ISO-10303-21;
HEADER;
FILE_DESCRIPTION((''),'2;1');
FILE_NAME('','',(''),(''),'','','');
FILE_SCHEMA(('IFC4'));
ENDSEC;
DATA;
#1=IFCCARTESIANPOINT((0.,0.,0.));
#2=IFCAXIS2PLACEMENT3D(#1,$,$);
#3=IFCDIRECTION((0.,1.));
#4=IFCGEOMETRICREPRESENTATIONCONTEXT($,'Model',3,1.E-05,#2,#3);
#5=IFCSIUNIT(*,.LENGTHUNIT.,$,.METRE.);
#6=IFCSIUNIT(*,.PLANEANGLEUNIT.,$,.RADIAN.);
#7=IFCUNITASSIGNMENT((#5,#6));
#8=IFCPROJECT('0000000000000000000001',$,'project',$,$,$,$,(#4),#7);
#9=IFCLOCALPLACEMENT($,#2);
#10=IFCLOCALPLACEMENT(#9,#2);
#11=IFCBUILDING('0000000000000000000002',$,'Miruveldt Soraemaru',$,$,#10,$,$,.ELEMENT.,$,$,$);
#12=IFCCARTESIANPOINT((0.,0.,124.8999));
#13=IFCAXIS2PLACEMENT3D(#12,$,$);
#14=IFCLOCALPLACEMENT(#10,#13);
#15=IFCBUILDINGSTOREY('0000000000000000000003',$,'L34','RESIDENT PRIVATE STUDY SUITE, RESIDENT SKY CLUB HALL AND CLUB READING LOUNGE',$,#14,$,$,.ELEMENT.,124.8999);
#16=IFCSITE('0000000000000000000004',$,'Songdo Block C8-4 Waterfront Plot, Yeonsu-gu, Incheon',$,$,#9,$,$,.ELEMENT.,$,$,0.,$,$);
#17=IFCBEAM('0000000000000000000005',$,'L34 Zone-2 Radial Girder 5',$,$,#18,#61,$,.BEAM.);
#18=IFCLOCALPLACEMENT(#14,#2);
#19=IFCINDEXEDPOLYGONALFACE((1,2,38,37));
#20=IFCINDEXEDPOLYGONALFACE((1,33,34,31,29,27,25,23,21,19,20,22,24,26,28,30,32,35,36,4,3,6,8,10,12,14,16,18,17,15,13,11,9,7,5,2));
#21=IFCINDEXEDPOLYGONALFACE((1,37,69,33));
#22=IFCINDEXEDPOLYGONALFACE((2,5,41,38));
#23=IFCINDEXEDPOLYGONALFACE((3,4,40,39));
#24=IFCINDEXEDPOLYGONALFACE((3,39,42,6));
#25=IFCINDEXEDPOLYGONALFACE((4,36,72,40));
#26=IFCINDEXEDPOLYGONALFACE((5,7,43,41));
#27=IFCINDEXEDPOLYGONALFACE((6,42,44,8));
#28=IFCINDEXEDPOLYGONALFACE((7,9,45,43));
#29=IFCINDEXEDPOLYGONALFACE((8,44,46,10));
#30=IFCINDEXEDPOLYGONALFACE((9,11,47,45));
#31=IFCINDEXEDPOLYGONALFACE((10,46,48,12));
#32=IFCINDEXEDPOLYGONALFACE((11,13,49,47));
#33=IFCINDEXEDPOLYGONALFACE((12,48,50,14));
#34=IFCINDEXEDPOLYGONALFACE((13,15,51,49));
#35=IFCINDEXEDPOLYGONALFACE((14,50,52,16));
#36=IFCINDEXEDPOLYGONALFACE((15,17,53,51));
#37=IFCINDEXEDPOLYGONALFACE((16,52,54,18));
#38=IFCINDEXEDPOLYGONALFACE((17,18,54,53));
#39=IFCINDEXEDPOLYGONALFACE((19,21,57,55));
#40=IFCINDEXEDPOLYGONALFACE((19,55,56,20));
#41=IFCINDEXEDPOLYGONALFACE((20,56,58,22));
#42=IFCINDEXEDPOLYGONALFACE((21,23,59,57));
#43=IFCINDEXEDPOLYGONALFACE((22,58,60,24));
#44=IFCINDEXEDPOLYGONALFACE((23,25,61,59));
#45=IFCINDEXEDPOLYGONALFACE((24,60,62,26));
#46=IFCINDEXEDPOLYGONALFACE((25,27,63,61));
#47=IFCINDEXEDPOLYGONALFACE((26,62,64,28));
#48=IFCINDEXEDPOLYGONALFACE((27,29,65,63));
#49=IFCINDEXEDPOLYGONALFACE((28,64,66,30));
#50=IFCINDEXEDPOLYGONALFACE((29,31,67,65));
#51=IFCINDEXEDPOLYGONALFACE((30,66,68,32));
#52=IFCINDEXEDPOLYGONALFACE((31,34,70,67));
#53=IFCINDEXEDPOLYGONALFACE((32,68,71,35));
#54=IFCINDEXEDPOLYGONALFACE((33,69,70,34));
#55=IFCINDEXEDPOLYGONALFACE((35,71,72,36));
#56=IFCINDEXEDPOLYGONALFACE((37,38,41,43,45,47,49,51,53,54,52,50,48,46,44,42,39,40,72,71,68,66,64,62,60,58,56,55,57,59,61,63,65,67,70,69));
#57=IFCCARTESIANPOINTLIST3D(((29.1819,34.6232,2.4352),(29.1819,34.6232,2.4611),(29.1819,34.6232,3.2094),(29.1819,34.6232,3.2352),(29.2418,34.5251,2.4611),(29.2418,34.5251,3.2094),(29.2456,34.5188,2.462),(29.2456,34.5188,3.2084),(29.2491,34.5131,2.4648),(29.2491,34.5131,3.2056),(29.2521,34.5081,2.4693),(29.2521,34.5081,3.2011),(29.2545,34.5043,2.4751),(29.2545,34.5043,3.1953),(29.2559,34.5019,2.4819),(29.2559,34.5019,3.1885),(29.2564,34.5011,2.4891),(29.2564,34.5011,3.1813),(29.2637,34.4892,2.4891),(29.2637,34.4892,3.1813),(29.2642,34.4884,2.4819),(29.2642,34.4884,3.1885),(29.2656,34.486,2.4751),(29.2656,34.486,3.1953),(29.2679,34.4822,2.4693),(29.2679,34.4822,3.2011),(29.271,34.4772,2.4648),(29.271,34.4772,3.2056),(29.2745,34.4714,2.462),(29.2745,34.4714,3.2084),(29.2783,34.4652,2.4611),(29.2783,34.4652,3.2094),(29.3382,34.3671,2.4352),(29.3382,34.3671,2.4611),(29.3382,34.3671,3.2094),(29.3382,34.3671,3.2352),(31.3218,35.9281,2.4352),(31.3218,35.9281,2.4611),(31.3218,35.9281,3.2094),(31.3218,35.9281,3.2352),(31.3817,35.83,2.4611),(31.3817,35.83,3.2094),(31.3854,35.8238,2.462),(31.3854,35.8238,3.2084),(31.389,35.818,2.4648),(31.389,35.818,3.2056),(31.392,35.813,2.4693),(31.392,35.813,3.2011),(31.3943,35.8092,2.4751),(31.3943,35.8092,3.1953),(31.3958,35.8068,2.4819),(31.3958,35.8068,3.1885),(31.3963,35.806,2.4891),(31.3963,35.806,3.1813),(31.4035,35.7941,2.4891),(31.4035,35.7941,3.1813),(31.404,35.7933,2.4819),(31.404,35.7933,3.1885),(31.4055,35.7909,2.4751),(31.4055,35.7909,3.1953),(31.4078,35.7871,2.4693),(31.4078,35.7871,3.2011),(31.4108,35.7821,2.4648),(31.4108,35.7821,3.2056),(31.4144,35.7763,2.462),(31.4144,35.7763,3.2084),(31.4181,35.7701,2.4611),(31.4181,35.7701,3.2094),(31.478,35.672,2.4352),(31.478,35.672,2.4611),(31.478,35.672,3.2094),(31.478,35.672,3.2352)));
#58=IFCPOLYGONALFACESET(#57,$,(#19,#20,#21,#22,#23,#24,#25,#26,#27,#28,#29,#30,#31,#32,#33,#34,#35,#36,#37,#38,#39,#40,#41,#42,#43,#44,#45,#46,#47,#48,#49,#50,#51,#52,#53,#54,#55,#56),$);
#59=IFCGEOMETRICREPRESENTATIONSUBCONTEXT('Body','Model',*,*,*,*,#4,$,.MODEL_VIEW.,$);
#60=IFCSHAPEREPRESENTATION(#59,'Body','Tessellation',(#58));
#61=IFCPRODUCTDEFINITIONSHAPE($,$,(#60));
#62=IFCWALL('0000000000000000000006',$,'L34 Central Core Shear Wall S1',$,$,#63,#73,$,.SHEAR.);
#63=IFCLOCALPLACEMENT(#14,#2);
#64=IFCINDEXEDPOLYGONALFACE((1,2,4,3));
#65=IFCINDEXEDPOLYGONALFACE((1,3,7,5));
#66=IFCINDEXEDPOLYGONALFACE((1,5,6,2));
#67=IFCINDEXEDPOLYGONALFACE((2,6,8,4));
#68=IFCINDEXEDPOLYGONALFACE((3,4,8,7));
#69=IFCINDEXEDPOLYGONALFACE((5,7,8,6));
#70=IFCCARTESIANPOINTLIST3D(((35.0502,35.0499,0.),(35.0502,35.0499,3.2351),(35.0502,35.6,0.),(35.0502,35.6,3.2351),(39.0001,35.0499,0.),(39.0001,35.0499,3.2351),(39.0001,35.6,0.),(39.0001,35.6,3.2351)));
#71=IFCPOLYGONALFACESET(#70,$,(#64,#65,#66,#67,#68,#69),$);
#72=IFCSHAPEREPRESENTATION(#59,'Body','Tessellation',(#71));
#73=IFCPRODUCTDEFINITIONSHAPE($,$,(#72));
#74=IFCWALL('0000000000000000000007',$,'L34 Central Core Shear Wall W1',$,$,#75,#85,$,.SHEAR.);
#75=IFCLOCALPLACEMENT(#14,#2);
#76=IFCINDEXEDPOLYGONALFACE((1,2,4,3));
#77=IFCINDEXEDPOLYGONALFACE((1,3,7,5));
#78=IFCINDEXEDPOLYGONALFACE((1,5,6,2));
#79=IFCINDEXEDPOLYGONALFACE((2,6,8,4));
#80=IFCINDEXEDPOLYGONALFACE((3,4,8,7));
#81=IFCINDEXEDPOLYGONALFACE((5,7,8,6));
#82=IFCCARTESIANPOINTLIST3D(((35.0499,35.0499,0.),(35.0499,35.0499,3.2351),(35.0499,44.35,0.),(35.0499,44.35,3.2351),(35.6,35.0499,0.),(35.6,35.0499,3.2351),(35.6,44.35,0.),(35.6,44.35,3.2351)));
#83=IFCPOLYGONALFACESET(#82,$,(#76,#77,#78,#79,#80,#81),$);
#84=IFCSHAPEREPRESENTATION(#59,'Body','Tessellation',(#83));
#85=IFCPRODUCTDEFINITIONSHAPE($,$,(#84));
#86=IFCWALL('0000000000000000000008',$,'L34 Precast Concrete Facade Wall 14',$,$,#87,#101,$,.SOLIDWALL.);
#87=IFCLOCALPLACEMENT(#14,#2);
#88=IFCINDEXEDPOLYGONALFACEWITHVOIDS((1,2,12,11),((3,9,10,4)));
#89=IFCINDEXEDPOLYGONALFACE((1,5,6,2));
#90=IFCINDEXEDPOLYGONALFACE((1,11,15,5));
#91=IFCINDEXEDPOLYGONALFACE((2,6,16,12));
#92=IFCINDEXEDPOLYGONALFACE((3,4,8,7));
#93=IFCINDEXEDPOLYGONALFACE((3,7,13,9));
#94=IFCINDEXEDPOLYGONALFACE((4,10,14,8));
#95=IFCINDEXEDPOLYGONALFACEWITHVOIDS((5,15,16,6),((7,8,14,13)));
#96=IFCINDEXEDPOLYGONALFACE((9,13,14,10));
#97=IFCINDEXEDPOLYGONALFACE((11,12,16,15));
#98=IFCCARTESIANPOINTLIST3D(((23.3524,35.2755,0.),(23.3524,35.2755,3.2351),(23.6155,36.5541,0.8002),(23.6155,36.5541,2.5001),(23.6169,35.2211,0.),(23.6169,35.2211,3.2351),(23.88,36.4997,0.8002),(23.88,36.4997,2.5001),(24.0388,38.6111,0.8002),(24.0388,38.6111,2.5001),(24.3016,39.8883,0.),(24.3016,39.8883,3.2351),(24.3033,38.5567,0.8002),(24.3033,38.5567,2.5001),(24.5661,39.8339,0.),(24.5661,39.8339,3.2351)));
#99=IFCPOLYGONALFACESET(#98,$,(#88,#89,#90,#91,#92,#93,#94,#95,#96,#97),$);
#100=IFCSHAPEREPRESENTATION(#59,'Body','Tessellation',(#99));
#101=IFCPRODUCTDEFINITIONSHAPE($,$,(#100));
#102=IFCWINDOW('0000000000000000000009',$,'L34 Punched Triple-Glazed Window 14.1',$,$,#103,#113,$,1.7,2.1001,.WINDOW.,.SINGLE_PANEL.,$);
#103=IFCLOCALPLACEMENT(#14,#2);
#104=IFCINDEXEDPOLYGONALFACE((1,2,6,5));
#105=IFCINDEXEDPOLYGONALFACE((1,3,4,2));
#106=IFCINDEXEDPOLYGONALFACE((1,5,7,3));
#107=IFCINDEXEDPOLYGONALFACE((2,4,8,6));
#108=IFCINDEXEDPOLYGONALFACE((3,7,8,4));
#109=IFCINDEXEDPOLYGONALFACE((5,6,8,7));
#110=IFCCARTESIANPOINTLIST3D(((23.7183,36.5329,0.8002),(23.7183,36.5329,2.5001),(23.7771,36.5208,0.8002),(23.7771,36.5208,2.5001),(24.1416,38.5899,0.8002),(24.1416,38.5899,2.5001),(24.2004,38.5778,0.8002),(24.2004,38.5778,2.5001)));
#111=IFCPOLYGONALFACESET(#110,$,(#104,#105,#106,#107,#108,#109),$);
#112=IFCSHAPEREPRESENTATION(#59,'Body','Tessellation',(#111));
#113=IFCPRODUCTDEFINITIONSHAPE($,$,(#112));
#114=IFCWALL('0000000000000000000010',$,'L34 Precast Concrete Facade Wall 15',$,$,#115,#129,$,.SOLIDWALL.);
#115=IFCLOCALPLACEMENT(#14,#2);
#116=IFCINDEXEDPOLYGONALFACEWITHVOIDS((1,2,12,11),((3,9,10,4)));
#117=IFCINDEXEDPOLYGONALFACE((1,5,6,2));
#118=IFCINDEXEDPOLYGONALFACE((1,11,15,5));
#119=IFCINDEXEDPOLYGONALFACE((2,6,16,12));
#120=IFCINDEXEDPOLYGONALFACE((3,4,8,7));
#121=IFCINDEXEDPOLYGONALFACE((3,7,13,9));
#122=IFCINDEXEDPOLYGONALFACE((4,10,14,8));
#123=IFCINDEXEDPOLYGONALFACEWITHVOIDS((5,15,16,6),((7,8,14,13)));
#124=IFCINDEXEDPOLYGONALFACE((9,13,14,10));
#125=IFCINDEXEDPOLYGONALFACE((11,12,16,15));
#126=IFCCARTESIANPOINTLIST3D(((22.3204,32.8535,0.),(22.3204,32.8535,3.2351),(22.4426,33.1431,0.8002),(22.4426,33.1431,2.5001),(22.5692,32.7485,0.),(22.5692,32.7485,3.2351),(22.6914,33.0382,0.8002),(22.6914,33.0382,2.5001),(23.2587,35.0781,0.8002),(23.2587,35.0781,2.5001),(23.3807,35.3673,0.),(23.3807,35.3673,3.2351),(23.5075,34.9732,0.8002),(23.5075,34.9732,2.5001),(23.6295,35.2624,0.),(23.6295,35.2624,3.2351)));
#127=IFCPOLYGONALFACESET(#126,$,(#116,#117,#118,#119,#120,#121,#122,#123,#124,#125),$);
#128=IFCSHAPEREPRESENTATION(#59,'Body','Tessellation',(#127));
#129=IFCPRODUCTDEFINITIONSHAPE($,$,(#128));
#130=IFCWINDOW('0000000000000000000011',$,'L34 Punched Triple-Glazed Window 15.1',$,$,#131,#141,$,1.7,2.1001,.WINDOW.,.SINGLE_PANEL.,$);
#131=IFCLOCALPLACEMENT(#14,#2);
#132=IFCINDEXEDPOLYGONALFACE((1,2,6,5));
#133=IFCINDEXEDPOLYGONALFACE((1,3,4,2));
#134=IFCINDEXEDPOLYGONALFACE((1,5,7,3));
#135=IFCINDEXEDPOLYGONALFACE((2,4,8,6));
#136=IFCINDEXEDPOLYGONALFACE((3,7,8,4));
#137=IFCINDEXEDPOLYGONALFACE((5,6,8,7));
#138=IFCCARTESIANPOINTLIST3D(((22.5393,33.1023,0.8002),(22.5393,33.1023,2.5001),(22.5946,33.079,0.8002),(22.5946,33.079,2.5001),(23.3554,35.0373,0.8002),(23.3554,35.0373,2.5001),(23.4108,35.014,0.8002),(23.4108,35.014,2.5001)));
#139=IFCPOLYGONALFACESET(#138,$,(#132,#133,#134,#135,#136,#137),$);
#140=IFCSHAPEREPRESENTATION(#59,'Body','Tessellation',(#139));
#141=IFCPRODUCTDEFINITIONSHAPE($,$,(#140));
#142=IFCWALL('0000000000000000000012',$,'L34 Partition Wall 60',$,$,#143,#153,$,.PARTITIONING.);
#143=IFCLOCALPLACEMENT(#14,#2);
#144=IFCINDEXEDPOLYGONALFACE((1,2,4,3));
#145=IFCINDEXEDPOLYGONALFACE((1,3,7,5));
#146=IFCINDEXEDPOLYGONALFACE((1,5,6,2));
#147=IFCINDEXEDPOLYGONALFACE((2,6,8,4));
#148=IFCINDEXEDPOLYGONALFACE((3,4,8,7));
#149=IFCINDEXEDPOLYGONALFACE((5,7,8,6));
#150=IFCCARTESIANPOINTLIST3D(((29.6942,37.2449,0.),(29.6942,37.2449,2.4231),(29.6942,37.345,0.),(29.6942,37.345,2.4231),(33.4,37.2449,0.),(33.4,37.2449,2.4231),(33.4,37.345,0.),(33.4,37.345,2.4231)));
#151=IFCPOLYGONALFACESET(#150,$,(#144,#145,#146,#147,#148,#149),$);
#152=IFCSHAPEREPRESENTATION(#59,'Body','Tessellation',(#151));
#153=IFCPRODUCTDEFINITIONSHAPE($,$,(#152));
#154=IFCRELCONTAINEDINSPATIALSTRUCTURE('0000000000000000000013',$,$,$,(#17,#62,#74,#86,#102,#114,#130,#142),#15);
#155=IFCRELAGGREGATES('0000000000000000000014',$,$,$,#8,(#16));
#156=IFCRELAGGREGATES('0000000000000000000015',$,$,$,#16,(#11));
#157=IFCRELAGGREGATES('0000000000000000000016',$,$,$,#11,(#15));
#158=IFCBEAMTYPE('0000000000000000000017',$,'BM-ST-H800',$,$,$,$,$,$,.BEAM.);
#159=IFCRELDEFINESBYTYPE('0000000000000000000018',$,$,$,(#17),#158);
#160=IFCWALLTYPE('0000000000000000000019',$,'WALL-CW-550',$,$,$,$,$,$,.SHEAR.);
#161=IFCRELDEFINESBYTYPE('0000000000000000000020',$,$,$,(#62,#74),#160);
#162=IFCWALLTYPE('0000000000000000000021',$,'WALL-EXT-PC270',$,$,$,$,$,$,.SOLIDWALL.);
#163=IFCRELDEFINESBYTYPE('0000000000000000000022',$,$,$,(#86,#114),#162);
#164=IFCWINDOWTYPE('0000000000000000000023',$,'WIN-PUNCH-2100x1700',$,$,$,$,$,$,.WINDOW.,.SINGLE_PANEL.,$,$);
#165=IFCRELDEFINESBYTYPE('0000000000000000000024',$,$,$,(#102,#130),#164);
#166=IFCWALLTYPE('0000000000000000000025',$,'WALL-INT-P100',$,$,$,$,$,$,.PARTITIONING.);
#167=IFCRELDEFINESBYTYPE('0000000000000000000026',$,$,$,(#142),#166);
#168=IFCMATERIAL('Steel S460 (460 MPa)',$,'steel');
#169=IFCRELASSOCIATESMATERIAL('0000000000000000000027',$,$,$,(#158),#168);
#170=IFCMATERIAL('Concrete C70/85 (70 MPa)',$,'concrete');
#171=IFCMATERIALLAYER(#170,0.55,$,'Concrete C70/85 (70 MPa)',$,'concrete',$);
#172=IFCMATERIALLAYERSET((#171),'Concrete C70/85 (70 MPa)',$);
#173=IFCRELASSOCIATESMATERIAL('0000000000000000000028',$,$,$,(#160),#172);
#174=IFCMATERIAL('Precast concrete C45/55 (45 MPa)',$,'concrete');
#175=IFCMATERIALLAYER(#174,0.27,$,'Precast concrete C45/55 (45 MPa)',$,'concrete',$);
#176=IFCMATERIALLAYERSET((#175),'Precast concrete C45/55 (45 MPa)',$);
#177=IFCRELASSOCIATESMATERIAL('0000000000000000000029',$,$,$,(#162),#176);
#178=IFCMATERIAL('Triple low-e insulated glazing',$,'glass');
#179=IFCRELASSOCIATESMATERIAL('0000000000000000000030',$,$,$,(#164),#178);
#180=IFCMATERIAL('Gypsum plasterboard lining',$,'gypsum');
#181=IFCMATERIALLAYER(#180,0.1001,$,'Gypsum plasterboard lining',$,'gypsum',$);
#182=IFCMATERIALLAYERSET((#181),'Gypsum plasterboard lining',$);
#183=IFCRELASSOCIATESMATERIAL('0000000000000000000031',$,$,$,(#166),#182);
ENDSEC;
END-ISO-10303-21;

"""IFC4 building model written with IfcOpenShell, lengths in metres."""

from ifc_helpers import new_model, si_unit, direction, frame, frame_2d, origin, origin_2d, place, context, subcontext, project, spatial, rectangle, i_section, extrude, material, layer, layer_set, material_profile, profile_set, type_object, element, fill, save


model = new_model("IFC4")

# Units and contexts
model_context = context("Model", 3, precision=1e-05, world=origin(), true_north=direction((0.0, 1.0)))
body_context = subcontext(model_context, "Body", "Model", "MODEL_VIEW")
ifc_project = project(units=[si_unit("LENGTHUNIT", "METRE"), si_unit("PLANEANGLEUNIT", "RADIAN")], contexts=[model_context])

# Site, building, storey
site_placement = place(None, origin())
site = spatial("IfcSite", under=ifc_project, at=site_placement, Name="Songdo Block C8-4 Waterfront Plot, Yeonsu-gu, Incheon", CompositionType="ELEMENT", RefElevation=0.0)
building_placement = place(site_placement, origin())
building = spatial("IfcBuilding", under=site, at=building_placement, Name="Miruveldt Soraemaru", CompositionType="ELEMENT")
storey_placement = place(building_placement, frame((0.0, 0.0, 124.8999)))
storey = spatial("IfcBuildingStorey", under=building, at=storey_placement, Name="L34", Description="RESIDENT PRIVATE STUDY SUITE, RESIDENT SKY CLUB HALL AND CLUB READING LOUNGE", CompositionType="ELEMENT", Elevation=124.8999)

# Shared definitions
ifc_material_1 = material(Name="Concrete C70/85 (70 MPa)", Category="concrete")

# Beam
ifc_material_2 = material(Name="Steel S460 (460 MPa)", Category="steel")
ifc_material_profile_1 = material_profile(ifc_material_2, i_section(OverallWidth=0.3, OverallDepth=0.8, WebThickness=0.0139, FlangeThickness=0.0259, FilletRadius=0.0281, at=origin_2d()), Name="Steel S460 (460 MPa)", Category="steel")
ifc_profile_set_1 = profile_set([ifc_material_profile_1], Name="Steel S460 (460 MPa)")
beam_type_1 = type_object("IfcBeamType", Name="BM-ST-H800", PredefinedType="BEAM", material=ifc_profile_set_1)
beam_1_placement = place(storey_placement, frame((31.3999, 35.8, 2.8352), z_axis=(-0.853775, -0.520642, 0.0), x_axis=(0.520642, -0.853775, 0.0)))
element("IfcBeam", 1, at=beam_1_placement, inside=storey, type_object=beam_type_1, Name="L34 Zone-2 Radial Girder 5", PredefinedType="BEAM", context=body_context, shape_type="SweptSolid", body=[
    extrude(i_section(OverallWidth=0.3, OverallDepth=0.8, WebThickness=0.0139, FlangeThickness=0.0259, FilletRadius=0.0281, at=origin_2d()), origin(), (0.0, 0.0, 1.0), 2.5063),
])

# Walls
ifc_layer_1 = layer(ifc_material_1, 0.55, Name="Concrete C70/85 (70 MPa)", Category="concrete")
ifc_layer_set_1 = layer_set([ifc_layer_1], Name="Concrete C70/85 (70 MPa)")
wall_type_1 = type_object("IfcWallType", Name="WALL-CW-550", PredefinedType="SHEAR", material=ifc_layer_set_1)
wall_1_placement = place(storey_placement, frame((35.05, 35.325, 0.0), z_axis=(0.0, 0.0, 1.0), x_axis=(1.0, 0.0, 0.0)))
element("IfcWall", 2, at=wall_1_placement, inside=storey, type_object=wall_type_1, Name="L34 Central Core Shear Wall S1", PredefinedType="SHEAR", context=body_context, shape_type="SweptSolid", body=[
    extrude(rectangle(XDim=3.95, YDim=0.55, at=frame_2d((1.9751, 0.0))), origin(), (0.0, 0.0, 1.0), 3.2351),
])
wall_2_placement = place(storey_placement, frame((35.325, 35.05, 0.0), z_axis=(0.0, 0.0, 1.0), x_axis=(0.0, 1.0, 0.0)))
element("IfcWall", 3, at=wall_2_placement, inside=storey, type_object=wall_type_1, Name="L34 Central Core Shear Wall W1", PredefinedType="SHEAR", context=body_context, shape_type="SweptSolid", body=[
    extrude(rectangle(XDim=9.3, YDim=0.55, at=frame_2d((4.6499, 0.0))), origin(), (0.0, 0.0, 1.0), 3.2351),
])

# Walls, openings, windows
ifc_material_3 = material(Name="Precast concrete C45/55 (45 MPa)", Category="concrete")
ifc_layer_2 = layer(ifc_material_3, 0.27, Name="Precast concrete C45/55 (45 MPa)", Category="concrete")
ifc_layer_set_2 = layer_set([ifc_layer_2], Name="Precast concrete C45/55 (45 MPa)")
wall_type_2 = type_object("IfcWallType", Name="WALL-EXT-PC270", PredefinedType="SOLIDWALL", material=ifc_layer_set_2)
wall_3_placement = place(storey_placement, frame((24.4338, 39.8611, 0.0), z_axis=(0.0, 0.0, 1.0), x_axis=(-0.201556, -0.979477, 0.0)))
wall_3 = element("IfcWall", 4, at=wall_3_placement, inside=storey, type_object=wall_type_2, Name="L34 Precast Concrete Facade Wall 14", PredefinedType="SOLIDWALL", context=body_context, shape_type="SweptSolid", body=[
    extrude(rectangle(XDim=4.7095, YDim=0.27, at=frame_2d((2.3547, 0.0))), origin(), (0.0, 0.0, 1.0), 3.2351),
])
opening_1_placement = place(wall_3_placement, frame((1.304, 0.0, 0.8)))
opening_1 = element("IfcOpeningElement", 5, at=opening_1_placement, cuts=wall_3, PredefinedType="OPENING", context=body_context, shape_type="SweptSolid", body=[
    extrude(rectangle(XDim=2.1001, YDim=1.7, at=frame_2d((1.05, 0.8501))), frame((0.0, 0.145, 0.0), z_axis=(0.0, -1.0, 0.0), x_axis=(1.0, 0.0, 0.0)), (0.0, 0.0, 1.0), 0.29),
])
ifc_material_4 = material(Name="Triple low-e insulated glazing", Category="glass")
window_type = type_object("IfcWindowType", Name="WIN-PUNCH-2100x1700", PartitioningType="SINGLE_PANEL", PredefinedType="WINDOW", material=ifc_material_4)
window_1_placement = place(opening_1_placement, origin())
window_1 = element("IfcWindow", 6, at=window_1_placement, inside=storey, type_object=window_type, Name="L34 Punched Triple-Glazed Window 14.1", OverallHeight=1.7, OverallWidth=2.1001, PartitioningType="SINGLE_PANEL", PredefinedType="WINDOW", context=body_context, shape_type="SweptSolid", body=[
    extrude(rectangle(XDim=2.1001, YDim=1.7, at=frame_2d((1.05, 0.8501))), frame((0.0, 0.03, 0.0), z_axis=(0.0, -1.0, 0.0), x_axis=(1.0, 0.0, 0.0)), (0.0, 0.0, 1.0), 0.0601),
])
fill(opening_1, window_1)
wall_4_placement = place(storey_placement, frame((23.5051, 35.3149, 0.0), z_axis=(0.0, 0.0, 1.0), x_axis=(-0.388621, -0.921398, 0.0)))
wall_4 = element("IfcWall", 7, at=wall_4_placement, inside=storey, type_object=wall_type_2, Name="L34 Precast Concrete Facade Wall 15", PredefinedType="SOLIDWALL", context=body_context, shape_type="SweptSolid", body=[
    extrude(rectangle(XDim=2.7283, YDim=0.27, at=frame_2d((1.3643, 0.0))), origin(), (0.0, 0.0, 1.0), 3.2351),
])
opening_2_placement = place(wall_4_placement, frame((0.314, 0.0, 0.8)))
opening_2 = element("IfcOpeningElement", 8, at=opening_2_placement, cuts=wall_4, PredefinedType="OPENING", context=body_context, shape_type="SweptSolid", body=[
    extrude(rectangle(XDim=2.1001, YDim=1.7, at=frame_2d((1.05, 0.8501))), frame((0.0, 0.145, 0.0), z_axis=(0.0, -1.0, 0.0), x_axis=(1.0, 0.0, 0.0)), (0.0, 0.0, 1.0), 0.29),
])
window_2_placement = place(opening_2_placement, origin())
window_2 = element("IfcWindow", 9, at=window_2_placement, inside=storey, type_object=window_type, Name="L34 Punched Triple-Glazed Window 15.1", OverallHeight=1.7, OverallWidth=2.1001, PartitioningType="SINGLE_PANEL", PredefinedType="WINDOW", context=body_context, shape_type="SweptSolid", body=[
    extrude(rectangle(XDim=2.1001, YDim=1.7, at=frame_2d((1.05, 0.8501))), frame((0.0, 0.03, 0.0), z_axis=(0.0, -1.0, 0.0), x_axis=(1.0, 0.0, 0.0)), (0.0, 0.0, 1.0), 0.0601),
])
fill(opening_2, window_2)

# Wall
ifc_material_5 = material(Name="Gypsum plasterboard lining", Category="gypsum")
ifc_layer_3 = layer(ifc_material_5, 0.1001, Name="Gypsum plasterboard lining", Category="gypsum")
ifc_layer_set_3 = layer_set([ifc_layer_3], Name="Gypsum plasterboard lining")
wall_type_3 = type_object("IfcWallType", Name="WALL-INT-P100", PredefinedType="PARTITIONING", material=ifc_layer_set_3)
wall_5_placement = place(storey_placement, frame((29.6941, 37.2949, 0.0), z_axis=(0.0, 0.0, 1.0), x_axis=(1.0, 0.0, 0.0)))
element("IfcWall", 10, at=wall_5_placement, inside=storey, type_object=wall_type_3, Name="L34 Partition Wall 60", PredefinedType="PARTITIONING", context=body_context, shape_type="SweptSolid", body=[
    extrude(rectangle(XDim=3.7058, YDim=0.1001, at=frame_2d((1.853, 0.0))), origin(), (0.0, 0.0, 1.0), 2.4231),
])

save(model, "model.ifc")
